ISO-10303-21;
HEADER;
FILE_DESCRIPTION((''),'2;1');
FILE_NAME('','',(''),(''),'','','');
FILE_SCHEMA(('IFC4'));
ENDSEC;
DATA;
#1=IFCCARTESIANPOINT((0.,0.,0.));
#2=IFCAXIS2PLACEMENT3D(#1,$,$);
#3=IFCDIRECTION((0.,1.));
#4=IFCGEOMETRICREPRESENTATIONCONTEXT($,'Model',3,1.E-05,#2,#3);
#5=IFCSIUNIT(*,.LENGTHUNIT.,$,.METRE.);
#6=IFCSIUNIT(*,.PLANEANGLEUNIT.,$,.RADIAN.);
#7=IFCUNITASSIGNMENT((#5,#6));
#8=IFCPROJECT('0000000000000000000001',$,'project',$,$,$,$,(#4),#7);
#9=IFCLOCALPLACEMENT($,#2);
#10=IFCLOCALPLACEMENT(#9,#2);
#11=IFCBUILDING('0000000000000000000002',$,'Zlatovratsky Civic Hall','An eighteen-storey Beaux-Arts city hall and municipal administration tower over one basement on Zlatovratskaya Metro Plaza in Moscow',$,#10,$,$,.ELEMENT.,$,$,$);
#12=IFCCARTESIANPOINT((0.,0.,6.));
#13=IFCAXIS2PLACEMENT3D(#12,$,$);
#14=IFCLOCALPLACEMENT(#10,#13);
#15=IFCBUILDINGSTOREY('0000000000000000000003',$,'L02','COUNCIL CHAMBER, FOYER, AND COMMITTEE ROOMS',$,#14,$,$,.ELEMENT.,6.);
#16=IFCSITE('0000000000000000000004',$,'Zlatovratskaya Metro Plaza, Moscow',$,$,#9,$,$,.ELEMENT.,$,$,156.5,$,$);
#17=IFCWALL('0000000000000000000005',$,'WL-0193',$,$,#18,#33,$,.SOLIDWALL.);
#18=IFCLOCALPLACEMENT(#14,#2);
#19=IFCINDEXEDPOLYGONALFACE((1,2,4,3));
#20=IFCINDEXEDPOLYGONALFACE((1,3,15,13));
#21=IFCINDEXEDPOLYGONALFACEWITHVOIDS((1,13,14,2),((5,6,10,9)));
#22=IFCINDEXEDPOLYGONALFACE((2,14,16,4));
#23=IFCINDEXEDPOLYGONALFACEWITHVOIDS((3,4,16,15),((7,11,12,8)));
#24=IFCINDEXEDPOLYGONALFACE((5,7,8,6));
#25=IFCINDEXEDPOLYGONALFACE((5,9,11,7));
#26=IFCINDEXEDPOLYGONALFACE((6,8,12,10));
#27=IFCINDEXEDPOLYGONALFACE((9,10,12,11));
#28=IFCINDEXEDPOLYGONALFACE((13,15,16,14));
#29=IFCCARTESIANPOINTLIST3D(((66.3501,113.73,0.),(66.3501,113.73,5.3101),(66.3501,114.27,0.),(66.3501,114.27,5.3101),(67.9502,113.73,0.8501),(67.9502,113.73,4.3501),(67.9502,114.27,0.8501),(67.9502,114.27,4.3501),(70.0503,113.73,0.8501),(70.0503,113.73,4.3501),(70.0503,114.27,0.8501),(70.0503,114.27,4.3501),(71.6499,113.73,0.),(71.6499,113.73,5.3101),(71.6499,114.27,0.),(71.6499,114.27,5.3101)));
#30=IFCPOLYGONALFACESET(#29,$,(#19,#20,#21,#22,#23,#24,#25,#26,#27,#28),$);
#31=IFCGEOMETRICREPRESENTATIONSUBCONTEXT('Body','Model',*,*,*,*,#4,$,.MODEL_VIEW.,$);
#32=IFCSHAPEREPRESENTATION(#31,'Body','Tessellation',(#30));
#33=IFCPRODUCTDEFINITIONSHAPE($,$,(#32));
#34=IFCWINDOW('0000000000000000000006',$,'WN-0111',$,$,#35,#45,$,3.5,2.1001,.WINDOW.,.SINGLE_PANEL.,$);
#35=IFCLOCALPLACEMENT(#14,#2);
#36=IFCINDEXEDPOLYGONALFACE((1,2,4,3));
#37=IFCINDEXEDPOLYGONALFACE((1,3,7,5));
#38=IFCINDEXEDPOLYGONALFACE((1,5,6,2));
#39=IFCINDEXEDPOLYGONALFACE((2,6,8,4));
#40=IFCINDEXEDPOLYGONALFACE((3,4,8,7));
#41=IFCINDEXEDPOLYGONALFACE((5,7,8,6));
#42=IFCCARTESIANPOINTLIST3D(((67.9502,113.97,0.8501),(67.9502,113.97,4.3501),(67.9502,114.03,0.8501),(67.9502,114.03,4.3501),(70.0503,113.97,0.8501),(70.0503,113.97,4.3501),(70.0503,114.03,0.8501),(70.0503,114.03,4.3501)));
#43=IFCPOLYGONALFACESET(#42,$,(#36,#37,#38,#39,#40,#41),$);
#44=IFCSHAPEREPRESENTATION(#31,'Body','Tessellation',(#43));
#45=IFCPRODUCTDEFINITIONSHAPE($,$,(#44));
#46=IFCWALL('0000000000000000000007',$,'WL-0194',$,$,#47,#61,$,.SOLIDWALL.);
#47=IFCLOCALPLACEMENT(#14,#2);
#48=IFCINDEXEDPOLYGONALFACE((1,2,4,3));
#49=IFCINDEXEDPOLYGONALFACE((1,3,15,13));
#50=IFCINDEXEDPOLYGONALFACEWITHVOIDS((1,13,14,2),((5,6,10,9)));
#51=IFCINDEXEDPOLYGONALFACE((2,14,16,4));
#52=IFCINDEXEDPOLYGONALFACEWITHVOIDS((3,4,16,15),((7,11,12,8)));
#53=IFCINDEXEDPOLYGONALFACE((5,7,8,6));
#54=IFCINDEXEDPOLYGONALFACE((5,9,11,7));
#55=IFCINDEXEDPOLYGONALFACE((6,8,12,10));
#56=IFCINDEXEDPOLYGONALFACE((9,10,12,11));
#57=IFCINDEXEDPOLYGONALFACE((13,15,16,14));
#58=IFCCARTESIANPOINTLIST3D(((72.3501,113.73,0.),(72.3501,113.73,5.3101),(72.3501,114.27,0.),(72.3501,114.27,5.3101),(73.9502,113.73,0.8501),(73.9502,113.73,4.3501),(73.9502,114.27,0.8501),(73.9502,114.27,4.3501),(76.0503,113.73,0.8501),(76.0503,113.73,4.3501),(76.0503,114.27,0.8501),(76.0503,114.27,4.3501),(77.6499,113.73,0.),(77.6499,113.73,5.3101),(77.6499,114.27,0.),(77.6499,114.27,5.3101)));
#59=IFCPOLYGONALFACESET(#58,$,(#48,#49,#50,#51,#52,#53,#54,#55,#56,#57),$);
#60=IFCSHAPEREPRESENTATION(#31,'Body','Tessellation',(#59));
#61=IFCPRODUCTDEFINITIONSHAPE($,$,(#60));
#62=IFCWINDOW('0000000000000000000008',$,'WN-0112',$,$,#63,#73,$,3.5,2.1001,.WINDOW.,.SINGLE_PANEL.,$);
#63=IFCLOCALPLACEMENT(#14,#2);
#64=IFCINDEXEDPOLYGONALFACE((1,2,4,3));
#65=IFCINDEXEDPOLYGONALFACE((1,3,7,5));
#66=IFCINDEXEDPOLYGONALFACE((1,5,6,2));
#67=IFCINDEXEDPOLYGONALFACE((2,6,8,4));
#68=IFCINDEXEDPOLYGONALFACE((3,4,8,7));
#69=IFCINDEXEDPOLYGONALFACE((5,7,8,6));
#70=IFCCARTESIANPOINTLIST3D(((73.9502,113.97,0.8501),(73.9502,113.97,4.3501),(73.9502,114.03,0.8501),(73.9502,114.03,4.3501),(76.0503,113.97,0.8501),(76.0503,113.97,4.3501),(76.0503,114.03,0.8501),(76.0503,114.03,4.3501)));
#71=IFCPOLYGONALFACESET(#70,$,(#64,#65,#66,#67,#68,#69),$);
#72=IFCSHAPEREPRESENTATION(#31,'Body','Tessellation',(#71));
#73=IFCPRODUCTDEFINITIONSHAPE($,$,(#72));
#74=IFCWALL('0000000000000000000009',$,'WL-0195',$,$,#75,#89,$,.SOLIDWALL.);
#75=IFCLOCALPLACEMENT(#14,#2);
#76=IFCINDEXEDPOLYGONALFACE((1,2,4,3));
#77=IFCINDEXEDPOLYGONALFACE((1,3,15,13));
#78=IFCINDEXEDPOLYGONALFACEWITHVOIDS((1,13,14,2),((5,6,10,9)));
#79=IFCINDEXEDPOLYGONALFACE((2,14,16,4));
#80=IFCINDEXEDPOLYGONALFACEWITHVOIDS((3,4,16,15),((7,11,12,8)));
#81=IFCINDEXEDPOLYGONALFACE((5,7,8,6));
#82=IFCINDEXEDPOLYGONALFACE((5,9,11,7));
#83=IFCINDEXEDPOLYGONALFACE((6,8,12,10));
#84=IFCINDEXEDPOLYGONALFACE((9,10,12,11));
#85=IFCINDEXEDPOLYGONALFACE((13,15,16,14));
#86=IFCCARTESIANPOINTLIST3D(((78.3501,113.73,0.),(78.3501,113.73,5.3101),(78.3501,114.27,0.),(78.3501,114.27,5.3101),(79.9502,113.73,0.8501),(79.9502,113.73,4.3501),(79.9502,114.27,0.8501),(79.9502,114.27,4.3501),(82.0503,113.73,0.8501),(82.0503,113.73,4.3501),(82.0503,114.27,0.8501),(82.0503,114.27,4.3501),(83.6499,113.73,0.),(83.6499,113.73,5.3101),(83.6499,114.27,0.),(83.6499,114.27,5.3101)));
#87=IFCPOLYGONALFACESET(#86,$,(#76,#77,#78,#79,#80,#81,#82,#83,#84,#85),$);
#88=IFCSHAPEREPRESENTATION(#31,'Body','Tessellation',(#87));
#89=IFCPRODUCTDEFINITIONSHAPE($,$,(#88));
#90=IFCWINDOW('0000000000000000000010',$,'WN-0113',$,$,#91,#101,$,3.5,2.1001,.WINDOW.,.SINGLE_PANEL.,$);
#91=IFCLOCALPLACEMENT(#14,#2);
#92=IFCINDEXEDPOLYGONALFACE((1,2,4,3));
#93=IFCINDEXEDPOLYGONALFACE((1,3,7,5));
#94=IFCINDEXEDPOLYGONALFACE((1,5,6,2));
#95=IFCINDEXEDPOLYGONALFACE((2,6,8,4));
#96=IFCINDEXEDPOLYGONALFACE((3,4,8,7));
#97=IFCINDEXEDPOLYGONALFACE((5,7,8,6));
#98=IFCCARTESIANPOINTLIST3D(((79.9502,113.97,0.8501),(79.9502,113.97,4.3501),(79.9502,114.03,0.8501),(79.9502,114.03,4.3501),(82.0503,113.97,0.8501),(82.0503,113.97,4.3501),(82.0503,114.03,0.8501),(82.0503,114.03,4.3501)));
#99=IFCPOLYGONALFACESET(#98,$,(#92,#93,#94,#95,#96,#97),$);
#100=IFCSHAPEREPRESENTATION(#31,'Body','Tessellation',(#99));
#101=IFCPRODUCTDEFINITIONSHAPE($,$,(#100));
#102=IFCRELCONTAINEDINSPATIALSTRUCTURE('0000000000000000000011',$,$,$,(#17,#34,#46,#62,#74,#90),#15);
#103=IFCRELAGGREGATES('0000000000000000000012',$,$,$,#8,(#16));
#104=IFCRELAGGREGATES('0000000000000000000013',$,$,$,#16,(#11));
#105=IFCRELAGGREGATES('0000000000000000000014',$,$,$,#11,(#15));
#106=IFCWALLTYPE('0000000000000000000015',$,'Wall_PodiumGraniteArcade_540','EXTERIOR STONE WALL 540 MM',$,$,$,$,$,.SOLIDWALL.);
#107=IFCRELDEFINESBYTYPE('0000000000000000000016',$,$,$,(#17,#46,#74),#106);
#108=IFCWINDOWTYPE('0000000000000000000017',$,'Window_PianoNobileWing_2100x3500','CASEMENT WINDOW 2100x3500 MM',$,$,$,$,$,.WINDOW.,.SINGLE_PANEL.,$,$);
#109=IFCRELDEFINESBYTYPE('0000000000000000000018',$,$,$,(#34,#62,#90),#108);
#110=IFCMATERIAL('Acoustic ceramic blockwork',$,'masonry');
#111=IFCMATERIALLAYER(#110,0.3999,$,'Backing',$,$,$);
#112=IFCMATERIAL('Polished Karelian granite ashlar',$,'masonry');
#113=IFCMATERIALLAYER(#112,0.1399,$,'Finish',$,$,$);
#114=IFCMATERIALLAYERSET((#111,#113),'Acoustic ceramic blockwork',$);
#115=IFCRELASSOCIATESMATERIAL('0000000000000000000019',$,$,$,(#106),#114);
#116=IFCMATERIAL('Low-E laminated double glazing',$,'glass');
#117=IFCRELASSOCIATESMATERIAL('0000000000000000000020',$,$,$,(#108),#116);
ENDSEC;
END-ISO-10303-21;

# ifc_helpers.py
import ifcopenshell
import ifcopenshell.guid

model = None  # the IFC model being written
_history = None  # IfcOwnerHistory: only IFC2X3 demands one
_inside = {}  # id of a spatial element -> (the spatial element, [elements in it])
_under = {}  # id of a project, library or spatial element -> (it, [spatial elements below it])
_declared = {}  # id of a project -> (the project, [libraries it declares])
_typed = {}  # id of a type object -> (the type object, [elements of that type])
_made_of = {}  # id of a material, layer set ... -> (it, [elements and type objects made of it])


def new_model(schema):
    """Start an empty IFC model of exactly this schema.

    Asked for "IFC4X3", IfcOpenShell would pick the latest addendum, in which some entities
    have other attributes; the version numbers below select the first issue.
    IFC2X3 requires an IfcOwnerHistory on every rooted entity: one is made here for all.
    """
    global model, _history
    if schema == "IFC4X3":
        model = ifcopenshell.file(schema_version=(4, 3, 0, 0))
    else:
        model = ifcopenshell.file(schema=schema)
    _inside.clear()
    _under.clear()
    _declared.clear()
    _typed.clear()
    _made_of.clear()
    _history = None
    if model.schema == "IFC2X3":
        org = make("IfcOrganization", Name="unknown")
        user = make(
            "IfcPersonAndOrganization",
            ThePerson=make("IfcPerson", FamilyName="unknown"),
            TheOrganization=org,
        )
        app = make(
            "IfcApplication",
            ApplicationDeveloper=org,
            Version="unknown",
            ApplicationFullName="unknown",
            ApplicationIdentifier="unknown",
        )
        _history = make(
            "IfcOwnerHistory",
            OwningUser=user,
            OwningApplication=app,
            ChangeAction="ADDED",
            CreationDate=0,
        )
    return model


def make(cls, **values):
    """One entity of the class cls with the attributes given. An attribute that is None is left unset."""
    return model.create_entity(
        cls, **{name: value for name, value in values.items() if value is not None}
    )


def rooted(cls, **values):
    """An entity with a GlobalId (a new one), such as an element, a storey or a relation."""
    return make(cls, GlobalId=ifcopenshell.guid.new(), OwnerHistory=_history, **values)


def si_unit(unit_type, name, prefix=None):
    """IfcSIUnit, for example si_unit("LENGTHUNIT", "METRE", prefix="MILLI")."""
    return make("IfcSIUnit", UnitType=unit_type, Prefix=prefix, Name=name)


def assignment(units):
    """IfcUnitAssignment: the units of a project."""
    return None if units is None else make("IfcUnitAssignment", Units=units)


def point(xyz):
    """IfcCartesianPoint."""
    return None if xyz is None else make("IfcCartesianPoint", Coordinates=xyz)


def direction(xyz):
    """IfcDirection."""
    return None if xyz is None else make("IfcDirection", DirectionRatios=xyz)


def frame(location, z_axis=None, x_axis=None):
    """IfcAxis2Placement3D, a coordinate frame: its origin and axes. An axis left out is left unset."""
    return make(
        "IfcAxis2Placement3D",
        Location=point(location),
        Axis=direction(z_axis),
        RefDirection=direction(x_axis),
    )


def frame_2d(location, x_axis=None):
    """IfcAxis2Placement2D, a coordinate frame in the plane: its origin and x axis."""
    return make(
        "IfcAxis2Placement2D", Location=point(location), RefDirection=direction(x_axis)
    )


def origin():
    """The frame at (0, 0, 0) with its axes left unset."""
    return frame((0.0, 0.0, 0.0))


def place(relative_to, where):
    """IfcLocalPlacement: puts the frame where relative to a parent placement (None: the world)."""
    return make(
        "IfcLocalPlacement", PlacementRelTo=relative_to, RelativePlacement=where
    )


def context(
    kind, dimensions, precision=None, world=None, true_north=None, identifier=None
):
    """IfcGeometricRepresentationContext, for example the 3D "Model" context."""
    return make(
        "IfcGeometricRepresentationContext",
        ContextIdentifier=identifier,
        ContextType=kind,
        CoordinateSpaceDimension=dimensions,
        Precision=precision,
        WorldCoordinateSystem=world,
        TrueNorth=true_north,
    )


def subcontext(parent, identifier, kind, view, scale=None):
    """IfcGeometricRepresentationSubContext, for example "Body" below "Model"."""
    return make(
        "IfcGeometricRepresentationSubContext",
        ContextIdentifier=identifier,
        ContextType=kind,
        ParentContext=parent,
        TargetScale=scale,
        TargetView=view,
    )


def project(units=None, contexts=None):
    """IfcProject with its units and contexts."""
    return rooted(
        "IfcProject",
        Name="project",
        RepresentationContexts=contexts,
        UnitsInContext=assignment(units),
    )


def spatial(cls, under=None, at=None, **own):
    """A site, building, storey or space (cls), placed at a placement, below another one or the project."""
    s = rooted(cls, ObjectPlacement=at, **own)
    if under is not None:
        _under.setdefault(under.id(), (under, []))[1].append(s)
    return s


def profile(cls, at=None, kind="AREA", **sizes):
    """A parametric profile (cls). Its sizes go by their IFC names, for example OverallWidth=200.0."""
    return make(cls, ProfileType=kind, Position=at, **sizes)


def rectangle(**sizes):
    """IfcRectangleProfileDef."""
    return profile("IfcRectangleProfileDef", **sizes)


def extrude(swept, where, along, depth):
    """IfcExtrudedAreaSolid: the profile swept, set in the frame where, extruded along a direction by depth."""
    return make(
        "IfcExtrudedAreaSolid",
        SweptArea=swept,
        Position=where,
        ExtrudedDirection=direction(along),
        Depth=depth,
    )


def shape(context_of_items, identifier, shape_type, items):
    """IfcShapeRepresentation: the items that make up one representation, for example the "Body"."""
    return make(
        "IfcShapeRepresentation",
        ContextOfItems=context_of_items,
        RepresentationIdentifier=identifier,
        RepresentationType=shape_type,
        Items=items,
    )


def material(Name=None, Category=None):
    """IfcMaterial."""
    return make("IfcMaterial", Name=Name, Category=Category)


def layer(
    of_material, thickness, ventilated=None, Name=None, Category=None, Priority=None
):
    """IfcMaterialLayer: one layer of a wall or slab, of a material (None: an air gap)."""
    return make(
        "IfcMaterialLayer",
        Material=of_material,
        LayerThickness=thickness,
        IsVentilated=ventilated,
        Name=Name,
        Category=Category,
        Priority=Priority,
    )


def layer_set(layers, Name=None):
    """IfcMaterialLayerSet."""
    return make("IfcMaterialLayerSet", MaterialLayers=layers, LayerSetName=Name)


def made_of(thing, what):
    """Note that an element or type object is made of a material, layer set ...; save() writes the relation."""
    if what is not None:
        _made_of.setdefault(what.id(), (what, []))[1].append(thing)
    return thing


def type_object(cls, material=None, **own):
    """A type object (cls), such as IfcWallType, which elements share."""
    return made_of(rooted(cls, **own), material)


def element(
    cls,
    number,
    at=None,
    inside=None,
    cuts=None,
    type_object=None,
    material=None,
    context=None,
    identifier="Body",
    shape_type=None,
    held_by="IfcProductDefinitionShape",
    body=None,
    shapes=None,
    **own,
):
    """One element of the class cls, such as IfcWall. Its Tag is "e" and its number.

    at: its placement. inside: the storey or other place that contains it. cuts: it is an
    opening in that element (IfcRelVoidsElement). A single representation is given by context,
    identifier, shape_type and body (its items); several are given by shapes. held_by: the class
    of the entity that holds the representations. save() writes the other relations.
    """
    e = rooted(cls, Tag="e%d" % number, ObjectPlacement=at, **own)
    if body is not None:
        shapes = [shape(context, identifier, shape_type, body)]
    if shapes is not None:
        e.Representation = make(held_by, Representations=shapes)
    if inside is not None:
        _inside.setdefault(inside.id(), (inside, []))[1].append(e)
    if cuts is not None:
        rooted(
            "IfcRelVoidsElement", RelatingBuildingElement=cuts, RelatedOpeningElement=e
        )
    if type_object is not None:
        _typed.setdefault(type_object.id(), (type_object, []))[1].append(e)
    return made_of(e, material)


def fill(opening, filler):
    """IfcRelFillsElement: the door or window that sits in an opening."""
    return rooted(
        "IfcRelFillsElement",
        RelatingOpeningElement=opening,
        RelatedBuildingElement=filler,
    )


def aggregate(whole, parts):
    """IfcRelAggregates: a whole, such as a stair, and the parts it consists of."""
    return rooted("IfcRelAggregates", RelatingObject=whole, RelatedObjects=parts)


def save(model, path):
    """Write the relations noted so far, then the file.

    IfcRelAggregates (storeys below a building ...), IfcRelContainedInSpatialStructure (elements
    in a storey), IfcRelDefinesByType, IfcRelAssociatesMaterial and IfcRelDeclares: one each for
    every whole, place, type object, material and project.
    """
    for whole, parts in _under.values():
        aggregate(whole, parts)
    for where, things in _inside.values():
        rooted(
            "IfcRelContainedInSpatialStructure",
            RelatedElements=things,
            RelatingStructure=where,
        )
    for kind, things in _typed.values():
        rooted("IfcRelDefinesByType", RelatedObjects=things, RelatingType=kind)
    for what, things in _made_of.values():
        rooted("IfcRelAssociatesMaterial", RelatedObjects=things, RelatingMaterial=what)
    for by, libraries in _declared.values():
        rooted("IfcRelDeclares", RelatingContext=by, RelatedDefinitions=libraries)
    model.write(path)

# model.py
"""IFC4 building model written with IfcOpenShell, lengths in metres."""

from ifc_helpers import new_model, si_unit, direction, frame, frame_2d, origin, place, context, subcontext, project, spatial, rectangle, extrude, material, layer, layer_set, type_object, element, fill, save


model = new_model("IFC4")

# Units and contexts
model_context = context("Model", 3, precision=1e-05, world=origin(), true_north=direction((0.0, 1.0)))
body_context = subcontext(model_context, "Body", "Model", "MODEL_VIEW")
ifc_project = project(units=[si_unit("LENGTHUNIT", "METRE"), si_unit("PLANEANGLEUNIT", "RADIAN")], contexts=[model_context])

# Site, building, storey
site_placement = place(None, origin())
site = spatial("IfcSite", under=ifc_project, at=site_placement, Name="Zlatovratskaya Metro Plaza, Moscow", CompositionType="ELEMENT", RefElevation=156.5)
building_placement = place(site_placement, origin())
building = spatial("IfcBuilding", under=site, at=building_placement, Name="Zlatovratsky Civic Hall", Description="An eighteen-storey Beaux-Arts city hall and municipal administration tower over one basement on Zlatovratskaya Metro Plaza in Moscow", CompositionType="ELEMENT")
storey_placement = place(building_placement, frame((0.0, 0.0, 6.0)))
storey = spatial("IfcBuildingStorey", under=building, at=storey_placement, Name="L02", Description="COUNCIL CHAMBER, FOYER, AND COMMITTEE ROOMS", CompositionType="ELEMENT", Elevation=6.0)

# Walls, openings, windows
ifc_material_1 = material(Name="Acoustic ceramic blockwork", Category="masonry")
ifc_layer_1 = layer(ifc_material_1, 0.3999, Name="Backing")
ifc_material_2 = material(Name="Polished Karelian granite ashlar", Category="masonry")
ifc_layer_2 = layer(ifc_material_2, 0.1399, Name="Finish")
ifc_layer_set = layer_set([ifc_layer_1, ifc_layer_2], Name="Acoustic ceramic blockwork")
wall_type = type_object("IfcWallType", Name="Wall_PodiumGraniteArcade_540", Description="EXTERIOR STONE WALL 540 MM", PredefinedType="SOLIDWALL", material=ifc_layer_set)
wall_1_placement = place(storey_placement, frame((66.3501, 114.0, 0.0), z_axis=(0.0, 0.0, 1.0), x_axis=(1.0, 0.0, 0.0)))
wall_1 = element("IfcWall", 1, at=wall_1_placement, inside=storey, type_object=wall_type, Name="WL-0193", PredefinedType="SOLIDWALL", context=body_context, shape_type="SweptSolid", body=[
    extrude(rectangle(XDim=5.2998, YDim=0.54, at=frame_2d((2.6499, 0.0))), origin(), (0.0, 0.0, 1.0), 5.3101),
])
opening_1_placement = place(wall_1_placement, frame((1.6001, 0.0, 0.8501)))
opening_1 = element("IfcOpeningElement", 2, at=opening_1_placement, cuts=wall_1, PredefinedType="OPENING", context=body_context, shape_type="SweptSolid", body=[
    extrude(rectangle(XDim=2.1001, YDim=3.5, at=frame_2d((1.05, 1.75))), frame((0.0, 0.2849, 0.0), z_axis=(0.0, -1.0, 0.0), x_axis=(1.0, 0.0, 0.0)), (0.0, 0.0, 1.0), 0.5698),
])
ifc_material_3 = material(Name="Low-E laminated double glazing", Category="glass")
window_type = type_object("IfcWindowType", Name="Window_PianoNobileWing_2100x3500", Description="CASEMENT WINDOW 2100x3500 MM", PartitioningType="SINGLE_PANEL", PredefinedType="WINDOW", material=ifc_material_3)
window_1_placement = place(opening_1_placement, origin())
window_1 = element("IfcWindow", 3, at=window_1_placement, inside=storey, type_object=window_type, Name="WN-0111", OverallHeight=3.5, OverallWidth=2.1001, PartitioningType="SINGLE_PANEL", PredefinedType="WINDOW", context=body_context, shape_type="SweptSolid", body=[
    extrude(rectangle(XDim=2.1001, YDim=3.5, at=frame_2d((1.05, 1.75))), frame((0.0, 0.03, 0.0), z_axis=(0.0, -1.0, 0.0), x_axis=(1.0, 0.0, 0.0)), (0.0, 0.0, 1.0), 0.0601),
])
fill(opening_1, window_1)
wall_2_placement = place(storey_placement, frame((72.3501, 114.0, 0.0), z_axis=(0.0, 0.0, 1.0), x_axis=(1.0, 0.0, 0.0)))
wall_2 = element("IfcWall", 4, at=wall_2_placement, inside=storey, type_object=wall_type, Name="WL-0194", PredefinedType="SOLIDWALL", context=body_context, shape_type="SweptSolid", body=[
    extrude(rectangle(XDim=5.2998, YDim=0.54, at=frame_2d((2.6499, 0.0))), origin(), (0.0, 0.0, 1.0), 5.3101),
])
opening_2_placement = place(wall_2_placement, frame((1.6001, 0.0, 0.8501)))
opening_2 = element("IfcOpeningElement", 5, at=opening_2_placement, cuts=wall_2, PredefinedType="OPENING", context=body_context, shape_type="SweptSolid", body=[
    extrude(rectangle(XDim=2.1001, YDim=3.5, at=frame_2d((1.05, 1.75))), frame((0.0, 0.2849, 0.0), z_axis=(0.0, -1.0, 0.0), x_axis=(1.0, 0.0, 0.0)), (0.0, 0.0, 1.0), 0.5698),
])
window_2_placement = place(opening_2_placement, origin())
window_2 = element("IfcWindow", 6, at=window_2_placement, inside=storey, type_object=window_type, Name="WN-0112", OverallHeight=3.5, OverallWidth=2.1001, PartitioningType="SINGLE_PANEL", PredefinedType="WINDOW", context=body_context, shape_type="SweptSolid", body=[
    extrude(rectangle(XDim=2.1001, YDim=3.5, at=frame_2d((1.05, 1.75))), frame((0.0, 0.03, 0.0), z_axis=(0.0, -1.0, 0.0), x_axis=(1.0, 0.0, 0.0)), (0.0, 0.0, 1.0), 0.0601),
])
fill(opening_2, window_2)
wall_3_placement = place(storey_placement, frame((78.3501, 114.0, 0.0), z_axis=(0.0, 0.0, 1.0), x_axis=(1.0, 0.0, 0.0)))
wall_3 = element("IfcWall", 7, at=wall_3_placement, inside=storey, type_object=wall_type, Name="WL-0195", PredefinedType="SOLIDWALL", context=body_context, shape_type="SweptSolid", body=[
    extrude(rectangle(XDim=5.2998, YDim=0.54, at=frame_2d((2.6499, 0.0))), origin(), (0.0, 0.0, 1.0), 5.3101),
])
opening_3_placement = place(wall_3_placement, frame((1.6001, 0.0, 0.8501)))
opening_3 = element("IfcOpeningElement", 8, at=opening_3_placement, cuts=wall_3, PredefinedType="OPENING", context=body_context, shape_type="SweptSolid", body=[
    extrude(rectangle(XDim=2.1001, YDim=3.5, at=frame_2d((1.05, 1.75))), frame((0.0, 0.2849, 0.0), z_axis=(0.0, -1.0, 0.0), x_axis=(1.0, 0.0, 0.0)), (0.0, 0.0, 1.0), 0.5698),
])
window_3_placement = place(opening_3_placement, origin())
window_3 = element("IfcWindow", 9, at=window_3_placement, inside=storey, type_object=window_type, Name="WN-0113", OverallHeight=3.5, OverallWidth=2.1001, PartitioningType="SINGLE_PANEL", PredefinedType="WINDOW", context=body_context, shape_type="SweptSolid", body=[
    extrude(rectangle(XDim=2.1001, YDim=3.5, at=frame_2d((1.05, 1.75))), frame((0.0, 0.03, 0.0), z_axis=(0.0, -1.0, 0.0), x_axis=(1.0, 0.0, 0.0)), (0.0, 0.0, 1.0), 0.0601),
])
fill(opening_3, window_3)

save(model, "model.ifc")
